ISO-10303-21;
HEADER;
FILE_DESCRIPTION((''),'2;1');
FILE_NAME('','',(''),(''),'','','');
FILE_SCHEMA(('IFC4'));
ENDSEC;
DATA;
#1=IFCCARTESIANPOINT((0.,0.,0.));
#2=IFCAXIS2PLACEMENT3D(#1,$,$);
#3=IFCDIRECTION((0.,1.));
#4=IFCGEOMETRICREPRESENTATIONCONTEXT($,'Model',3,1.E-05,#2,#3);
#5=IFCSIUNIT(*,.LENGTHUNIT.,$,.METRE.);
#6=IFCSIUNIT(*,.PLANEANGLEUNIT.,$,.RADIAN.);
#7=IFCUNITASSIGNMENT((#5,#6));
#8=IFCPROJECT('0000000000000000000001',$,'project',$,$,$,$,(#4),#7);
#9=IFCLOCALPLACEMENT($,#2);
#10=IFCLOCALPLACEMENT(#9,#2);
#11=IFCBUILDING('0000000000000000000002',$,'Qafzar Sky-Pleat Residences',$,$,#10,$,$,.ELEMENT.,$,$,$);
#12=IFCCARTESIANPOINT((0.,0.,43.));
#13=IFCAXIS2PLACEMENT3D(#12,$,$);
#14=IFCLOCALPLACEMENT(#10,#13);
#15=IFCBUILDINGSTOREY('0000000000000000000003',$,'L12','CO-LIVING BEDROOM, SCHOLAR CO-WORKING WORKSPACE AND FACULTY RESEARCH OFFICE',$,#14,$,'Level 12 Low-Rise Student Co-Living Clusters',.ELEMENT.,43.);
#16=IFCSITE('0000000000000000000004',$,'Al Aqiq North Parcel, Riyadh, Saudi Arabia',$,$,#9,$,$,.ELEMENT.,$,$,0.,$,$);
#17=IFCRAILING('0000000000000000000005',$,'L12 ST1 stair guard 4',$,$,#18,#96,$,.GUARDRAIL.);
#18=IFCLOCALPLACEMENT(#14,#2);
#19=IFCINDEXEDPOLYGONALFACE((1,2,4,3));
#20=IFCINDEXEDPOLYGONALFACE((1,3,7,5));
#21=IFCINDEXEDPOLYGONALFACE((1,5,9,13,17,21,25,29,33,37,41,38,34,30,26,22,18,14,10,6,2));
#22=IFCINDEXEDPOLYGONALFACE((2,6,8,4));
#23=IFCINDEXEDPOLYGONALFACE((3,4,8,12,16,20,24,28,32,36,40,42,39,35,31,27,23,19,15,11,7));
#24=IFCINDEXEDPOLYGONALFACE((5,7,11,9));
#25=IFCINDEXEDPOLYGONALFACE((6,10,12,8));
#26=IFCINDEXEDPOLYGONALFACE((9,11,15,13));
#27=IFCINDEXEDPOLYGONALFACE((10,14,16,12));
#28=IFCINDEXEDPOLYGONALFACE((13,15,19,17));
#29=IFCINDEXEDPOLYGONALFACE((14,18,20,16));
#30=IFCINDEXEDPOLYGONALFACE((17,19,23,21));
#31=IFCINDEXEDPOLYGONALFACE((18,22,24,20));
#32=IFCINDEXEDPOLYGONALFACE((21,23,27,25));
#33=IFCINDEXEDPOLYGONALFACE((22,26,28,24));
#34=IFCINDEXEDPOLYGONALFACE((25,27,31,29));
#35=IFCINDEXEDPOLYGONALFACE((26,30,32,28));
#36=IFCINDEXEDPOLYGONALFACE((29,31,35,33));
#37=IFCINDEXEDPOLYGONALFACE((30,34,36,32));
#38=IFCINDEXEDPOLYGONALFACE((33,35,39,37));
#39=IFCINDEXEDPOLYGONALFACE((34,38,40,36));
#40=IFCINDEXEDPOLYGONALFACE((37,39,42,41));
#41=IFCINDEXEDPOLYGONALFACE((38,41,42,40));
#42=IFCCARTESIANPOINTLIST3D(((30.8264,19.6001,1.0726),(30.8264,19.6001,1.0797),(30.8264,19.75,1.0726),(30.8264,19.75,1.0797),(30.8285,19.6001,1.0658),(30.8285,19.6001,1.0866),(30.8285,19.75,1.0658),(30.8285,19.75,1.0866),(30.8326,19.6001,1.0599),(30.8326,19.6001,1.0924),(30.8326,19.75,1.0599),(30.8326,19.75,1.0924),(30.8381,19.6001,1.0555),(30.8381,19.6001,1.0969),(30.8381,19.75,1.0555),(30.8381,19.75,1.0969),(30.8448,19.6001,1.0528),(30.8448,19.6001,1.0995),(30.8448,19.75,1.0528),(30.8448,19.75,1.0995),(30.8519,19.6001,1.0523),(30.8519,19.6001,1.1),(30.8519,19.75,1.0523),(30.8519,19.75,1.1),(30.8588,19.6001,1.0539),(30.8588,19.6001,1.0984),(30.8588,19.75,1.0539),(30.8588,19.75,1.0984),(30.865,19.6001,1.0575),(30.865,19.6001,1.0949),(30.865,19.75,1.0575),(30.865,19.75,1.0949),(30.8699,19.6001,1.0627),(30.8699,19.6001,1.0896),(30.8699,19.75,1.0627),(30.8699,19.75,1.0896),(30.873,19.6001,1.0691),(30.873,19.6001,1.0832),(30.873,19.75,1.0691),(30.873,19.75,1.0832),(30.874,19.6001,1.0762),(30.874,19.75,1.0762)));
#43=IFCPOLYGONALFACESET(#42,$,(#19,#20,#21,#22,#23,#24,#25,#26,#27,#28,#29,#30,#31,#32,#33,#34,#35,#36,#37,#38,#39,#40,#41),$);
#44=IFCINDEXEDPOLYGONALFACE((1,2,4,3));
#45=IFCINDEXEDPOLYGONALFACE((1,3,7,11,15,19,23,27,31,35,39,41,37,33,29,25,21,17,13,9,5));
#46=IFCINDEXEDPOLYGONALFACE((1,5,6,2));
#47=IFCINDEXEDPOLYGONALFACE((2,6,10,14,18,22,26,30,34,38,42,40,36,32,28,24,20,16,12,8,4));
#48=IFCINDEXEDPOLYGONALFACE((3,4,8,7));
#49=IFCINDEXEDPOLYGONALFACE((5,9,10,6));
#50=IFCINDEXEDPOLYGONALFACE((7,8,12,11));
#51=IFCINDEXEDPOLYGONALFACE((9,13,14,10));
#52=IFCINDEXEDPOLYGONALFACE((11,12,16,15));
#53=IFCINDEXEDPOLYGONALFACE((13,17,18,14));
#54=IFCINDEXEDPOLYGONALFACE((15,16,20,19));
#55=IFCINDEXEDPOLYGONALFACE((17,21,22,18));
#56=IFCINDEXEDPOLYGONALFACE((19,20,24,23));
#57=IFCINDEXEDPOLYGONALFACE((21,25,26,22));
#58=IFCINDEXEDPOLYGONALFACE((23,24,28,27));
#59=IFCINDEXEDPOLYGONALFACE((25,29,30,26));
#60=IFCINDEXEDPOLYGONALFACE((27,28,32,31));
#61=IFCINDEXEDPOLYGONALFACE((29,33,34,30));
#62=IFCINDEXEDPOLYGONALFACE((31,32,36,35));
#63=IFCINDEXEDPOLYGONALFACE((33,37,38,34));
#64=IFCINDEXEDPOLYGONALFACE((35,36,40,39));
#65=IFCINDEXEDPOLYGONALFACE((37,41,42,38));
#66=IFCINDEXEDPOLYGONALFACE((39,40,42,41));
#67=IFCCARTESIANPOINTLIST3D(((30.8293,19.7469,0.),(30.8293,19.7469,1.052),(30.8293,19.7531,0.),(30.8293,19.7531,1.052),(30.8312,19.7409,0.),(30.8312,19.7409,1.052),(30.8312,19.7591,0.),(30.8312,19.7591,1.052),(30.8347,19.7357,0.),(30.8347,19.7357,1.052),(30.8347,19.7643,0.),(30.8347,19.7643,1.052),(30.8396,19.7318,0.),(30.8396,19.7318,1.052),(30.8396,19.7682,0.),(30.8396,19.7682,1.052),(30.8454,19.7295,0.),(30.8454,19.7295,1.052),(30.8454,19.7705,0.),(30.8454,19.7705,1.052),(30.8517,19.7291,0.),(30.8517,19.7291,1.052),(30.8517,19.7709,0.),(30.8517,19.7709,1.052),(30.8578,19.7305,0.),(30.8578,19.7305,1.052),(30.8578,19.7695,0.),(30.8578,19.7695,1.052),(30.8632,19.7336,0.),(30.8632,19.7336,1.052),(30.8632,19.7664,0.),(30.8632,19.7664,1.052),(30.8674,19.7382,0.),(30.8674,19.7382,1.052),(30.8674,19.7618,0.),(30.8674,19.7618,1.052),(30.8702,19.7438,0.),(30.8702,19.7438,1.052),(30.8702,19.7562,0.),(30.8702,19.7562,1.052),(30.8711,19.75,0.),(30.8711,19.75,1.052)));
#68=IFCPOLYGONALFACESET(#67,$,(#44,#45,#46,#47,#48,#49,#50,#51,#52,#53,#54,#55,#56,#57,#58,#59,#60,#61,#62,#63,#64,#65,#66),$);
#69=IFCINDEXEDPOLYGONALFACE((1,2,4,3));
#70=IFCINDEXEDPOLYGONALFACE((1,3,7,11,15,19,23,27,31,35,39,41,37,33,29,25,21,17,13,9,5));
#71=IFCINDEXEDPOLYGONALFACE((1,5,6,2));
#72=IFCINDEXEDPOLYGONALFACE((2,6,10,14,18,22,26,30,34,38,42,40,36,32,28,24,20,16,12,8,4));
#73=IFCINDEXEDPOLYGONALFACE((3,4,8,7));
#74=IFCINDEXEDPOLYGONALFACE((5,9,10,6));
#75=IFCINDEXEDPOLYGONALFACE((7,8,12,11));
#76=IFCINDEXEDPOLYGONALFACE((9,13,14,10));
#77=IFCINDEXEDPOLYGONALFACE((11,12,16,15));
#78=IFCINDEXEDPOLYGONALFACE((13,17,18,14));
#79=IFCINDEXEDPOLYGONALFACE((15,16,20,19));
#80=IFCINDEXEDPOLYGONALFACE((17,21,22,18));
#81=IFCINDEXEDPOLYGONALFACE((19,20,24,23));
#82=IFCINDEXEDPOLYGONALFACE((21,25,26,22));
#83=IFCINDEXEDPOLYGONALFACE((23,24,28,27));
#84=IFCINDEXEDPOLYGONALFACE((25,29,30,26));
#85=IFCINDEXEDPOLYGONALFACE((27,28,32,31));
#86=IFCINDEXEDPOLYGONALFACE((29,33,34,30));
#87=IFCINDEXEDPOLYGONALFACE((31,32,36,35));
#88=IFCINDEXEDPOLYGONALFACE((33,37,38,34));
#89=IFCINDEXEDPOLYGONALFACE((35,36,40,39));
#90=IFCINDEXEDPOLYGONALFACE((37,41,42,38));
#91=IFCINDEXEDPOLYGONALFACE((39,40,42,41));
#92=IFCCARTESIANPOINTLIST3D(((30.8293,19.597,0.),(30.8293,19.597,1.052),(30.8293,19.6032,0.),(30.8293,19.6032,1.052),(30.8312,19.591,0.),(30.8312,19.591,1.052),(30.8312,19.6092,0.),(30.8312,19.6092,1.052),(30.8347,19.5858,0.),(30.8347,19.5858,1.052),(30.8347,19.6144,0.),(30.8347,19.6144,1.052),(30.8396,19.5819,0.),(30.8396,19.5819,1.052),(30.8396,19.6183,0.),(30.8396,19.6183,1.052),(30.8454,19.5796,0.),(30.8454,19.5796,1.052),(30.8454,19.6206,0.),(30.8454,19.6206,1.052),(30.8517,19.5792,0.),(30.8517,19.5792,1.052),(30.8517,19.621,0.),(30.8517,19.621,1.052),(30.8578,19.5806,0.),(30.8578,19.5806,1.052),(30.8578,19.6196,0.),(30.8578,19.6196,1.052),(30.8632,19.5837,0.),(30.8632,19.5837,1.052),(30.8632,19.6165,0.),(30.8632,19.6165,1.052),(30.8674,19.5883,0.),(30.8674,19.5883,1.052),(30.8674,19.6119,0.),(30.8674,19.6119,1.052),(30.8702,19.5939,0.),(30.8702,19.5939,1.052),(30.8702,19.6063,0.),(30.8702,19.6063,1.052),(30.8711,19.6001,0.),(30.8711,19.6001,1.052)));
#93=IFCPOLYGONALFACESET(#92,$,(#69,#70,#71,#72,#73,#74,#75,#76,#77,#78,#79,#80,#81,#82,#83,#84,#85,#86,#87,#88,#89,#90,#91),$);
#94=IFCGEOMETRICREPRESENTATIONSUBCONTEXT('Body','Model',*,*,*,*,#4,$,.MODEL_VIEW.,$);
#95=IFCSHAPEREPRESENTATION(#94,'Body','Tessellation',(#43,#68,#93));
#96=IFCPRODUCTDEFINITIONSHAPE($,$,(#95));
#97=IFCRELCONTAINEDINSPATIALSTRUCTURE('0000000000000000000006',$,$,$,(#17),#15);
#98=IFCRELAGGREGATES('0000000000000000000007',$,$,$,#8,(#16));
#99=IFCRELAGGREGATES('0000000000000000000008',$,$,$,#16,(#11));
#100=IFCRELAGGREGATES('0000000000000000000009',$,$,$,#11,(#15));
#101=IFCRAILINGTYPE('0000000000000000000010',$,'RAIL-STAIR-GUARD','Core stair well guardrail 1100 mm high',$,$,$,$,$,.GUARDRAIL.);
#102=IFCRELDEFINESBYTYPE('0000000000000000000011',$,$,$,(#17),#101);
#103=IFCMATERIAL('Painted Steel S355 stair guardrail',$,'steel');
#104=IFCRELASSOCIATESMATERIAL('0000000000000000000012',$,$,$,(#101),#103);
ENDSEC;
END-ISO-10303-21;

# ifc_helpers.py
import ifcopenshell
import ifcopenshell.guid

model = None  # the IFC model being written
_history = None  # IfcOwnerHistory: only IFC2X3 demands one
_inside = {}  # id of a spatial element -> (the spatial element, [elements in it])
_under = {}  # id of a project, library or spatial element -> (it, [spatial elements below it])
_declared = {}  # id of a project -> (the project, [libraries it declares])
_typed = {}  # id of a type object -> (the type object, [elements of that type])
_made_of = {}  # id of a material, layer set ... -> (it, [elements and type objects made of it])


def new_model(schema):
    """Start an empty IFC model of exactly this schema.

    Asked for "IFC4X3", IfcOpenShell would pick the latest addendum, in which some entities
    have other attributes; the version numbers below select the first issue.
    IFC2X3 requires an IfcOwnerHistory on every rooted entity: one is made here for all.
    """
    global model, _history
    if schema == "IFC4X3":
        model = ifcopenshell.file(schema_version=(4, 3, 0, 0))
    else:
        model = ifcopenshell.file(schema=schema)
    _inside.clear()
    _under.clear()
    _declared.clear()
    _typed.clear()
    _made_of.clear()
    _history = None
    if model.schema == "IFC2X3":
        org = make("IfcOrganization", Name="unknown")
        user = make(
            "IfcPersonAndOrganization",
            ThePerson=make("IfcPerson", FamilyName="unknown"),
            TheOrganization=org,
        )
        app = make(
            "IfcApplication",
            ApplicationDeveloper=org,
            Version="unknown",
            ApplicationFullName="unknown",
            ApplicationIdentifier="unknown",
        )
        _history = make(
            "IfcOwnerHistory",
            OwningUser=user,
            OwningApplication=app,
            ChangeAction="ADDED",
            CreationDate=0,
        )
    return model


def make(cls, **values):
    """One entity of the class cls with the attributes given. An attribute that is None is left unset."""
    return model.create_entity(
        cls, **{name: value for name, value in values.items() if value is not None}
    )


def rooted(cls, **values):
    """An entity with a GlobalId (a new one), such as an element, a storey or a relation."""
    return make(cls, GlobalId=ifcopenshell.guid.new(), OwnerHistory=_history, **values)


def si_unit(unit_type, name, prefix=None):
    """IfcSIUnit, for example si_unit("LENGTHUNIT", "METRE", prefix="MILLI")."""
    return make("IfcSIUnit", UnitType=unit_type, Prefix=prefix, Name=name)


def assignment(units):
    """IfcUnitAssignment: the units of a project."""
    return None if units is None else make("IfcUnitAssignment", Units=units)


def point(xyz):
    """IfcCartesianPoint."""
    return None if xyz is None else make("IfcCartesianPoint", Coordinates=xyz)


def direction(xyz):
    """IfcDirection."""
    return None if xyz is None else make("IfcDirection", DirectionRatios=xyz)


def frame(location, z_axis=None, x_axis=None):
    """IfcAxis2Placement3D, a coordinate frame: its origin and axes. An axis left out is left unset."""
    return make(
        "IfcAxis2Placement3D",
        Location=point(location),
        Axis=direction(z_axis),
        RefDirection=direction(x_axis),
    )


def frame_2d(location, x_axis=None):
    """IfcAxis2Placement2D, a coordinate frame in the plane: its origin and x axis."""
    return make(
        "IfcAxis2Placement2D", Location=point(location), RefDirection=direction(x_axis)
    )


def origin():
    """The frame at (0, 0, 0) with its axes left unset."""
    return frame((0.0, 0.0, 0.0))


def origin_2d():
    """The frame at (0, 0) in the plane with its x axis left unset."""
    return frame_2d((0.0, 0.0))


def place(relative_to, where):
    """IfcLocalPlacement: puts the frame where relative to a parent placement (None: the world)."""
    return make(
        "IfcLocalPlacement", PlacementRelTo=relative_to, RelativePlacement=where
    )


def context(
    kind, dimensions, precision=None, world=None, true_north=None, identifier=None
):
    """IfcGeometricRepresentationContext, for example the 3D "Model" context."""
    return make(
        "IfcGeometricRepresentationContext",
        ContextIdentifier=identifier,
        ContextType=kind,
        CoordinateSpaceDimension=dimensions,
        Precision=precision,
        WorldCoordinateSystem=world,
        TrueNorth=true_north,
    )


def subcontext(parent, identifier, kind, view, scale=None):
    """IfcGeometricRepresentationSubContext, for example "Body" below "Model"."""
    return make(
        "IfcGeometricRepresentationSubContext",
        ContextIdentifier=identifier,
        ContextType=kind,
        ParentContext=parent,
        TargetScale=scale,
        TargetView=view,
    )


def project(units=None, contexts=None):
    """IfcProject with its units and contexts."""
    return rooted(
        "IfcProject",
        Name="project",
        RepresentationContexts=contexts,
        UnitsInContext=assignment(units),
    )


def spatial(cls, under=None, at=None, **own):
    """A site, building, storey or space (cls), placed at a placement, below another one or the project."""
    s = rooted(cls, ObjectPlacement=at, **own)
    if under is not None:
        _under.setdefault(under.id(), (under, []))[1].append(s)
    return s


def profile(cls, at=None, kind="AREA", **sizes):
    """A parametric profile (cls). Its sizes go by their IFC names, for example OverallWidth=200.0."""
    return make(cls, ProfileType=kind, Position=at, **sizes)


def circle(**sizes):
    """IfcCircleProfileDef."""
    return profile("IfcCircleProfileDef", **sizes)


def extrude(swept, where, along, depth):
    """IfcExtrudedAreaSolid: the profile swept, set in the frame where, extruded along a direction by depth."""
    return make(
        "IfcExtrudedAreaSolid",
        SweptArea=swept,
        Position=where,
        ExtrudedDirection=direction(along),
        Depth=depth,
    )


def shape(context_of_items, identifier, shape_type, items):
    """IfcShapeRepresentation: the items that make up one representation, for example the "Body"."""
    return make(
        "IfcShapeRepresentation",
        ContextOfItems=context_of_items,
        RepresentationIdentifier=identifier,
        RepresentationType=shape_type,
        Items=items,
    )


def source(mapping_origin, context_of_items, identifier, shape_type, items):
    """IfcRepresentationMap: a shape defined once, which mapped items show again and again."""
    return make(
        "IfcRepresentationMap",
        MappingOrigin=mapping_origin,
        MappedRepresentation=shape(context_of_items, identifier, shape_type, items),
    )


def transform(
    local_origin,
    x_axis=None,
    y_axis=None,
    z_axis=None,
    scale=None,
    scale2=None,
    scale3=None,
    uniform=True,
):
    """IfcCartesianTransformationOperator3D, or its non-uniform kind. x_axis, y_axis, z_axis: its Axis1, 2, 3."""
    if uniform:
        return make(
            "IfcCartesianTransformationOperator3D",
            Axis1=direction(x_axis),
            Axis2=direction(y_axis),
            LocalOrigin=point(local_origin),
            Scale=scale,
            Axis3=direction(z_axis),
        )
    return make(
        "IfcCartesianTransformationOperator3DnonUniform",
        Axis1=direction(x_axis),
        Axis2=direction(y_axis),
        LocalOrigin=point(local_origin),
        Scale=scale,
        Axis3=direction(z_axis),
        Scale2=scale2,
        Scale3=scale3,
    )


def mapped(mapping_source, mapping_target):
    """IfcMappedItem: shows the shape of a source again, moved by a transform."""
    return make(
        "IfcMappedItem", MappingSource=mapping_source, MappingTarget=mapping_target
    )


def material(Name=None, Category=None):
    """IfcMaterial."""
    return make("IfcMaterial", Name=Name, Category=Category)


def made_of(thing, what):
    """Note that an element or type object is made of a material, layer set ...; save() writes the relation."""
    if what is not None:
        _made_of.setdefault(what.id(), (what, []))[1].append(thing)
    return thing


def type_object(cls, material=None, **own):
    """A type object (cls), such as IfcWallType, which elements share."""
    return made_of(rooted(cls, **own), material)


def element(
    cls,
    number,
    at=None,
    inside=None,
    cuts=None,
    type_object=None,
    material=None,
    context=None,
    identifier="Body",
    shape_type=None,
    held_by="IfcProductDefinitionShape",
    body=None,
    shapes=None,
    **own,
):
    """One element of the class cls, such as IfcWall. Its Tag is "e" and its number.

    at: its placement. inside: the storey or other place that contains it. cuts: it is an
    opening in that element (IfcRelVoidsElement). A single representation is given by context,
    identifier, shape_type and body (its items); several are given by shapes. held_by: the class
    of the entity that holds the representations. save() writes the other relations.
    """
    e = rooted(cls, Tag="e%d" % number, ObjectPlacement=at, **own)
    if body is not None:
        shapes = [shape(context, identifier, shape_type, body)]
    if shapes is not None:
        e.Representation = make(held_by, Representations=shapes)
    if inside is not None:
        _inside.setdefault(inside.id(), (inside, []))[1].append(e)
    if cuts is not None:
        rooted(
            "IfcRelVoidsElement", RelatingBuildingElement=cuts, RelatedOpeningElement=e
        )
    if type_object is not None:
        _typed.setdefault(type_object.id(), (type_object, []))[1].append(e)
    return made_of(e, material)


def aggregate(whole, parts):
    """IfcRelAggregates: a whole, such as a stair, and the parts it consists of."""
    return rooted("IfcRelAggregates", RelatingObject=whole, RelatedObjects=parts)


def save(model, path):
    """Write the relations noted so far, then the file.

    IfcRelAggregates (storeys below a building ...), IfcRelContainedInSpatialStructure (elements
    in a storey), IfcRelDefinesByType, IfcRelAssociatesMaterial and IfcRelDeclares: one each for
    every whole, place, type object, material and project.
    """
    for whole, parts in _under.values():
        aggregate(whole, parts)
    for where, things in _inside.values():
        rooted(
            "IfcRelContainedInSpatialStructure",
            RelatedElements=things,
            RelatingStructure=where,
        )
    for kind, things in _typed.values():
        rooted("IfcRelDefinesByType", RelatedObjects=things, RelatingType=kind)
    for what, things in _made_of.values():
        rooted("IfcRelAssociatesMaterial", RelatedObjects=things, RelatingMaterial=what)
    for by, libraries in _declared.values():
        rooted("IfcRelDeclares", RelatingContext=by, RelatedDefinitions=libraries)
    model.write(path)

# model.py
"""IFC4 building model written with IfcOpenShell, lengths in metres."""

from ifc_helpers import new_model, si_unit, direction, frame, origin, origin_2d, place, context, subcontext, project, spatial, circle, extrude, source, transform, mapped, material, type_object, element, save


model = new_model("IFC4")

# Units and contexts
model_context = context("Model", 3, precision=1e-05, world=origin(), true_north=direction((0.0, 1.0)))
body_context = subcontext(model_context, "Body", "Model", "MODEL_VIEW")
ifc_project = project(units=[si_unit("LENGTHUNIT", "METRE"), si_unit("PLANEANGLEUNIT", "RADIAN")], contexts=[model_context])

# Site, building, storey
site_placement = place(None, origin())
site = spatial("IfcSite", under=ifc_project, at=site_placement, Name="Al Aqiq North Parcel, Riyadh, Saudi Arabia", CompositionType="ELEMENT", RefElevation=0.0)
building_placement = place(site_placement, origin())
building = spatial("IfcBuilding", under=site, at=building_placement, Name="Qafzar Sky-Pleat Residences", CompositionType="ELEMENT")
storey_placement = place(building_placement, frame((0.0, 0.0, 43.0)))
storey = spatial("IfcBuildingStorey", under=building, at=storey_placement, Name="L12", Description="CO-LIVING BEDROOM, SCHOLAR CO-WORKING WORKSPACE AND FACULTY RESEARCH OFFICE", LongName="Level 12 Low-Rise Student Co-Living Clusters", CompositionType="ELEMENT", Elevation=43.0)

# Railing
ifc_material_1 = material(Name="Painted Steel S355 stair guardrail", Category="steel")
railing_type_1 = type_object("IfcRailingType", Name="RAIL-STAIR-GUARD", Description="Core stair well guardrail 1100 mm high", PredefinedType="GUARDRAIL", material=ifc_material_1)
shared_shape_1 = source(origin(), body_context, "Body", "SweptSolid", [
    extrude(circle(Radius=0.0239, at=origin_2d()), frame((0.0, 0.0, 1.0762), z_axis=(0.0, -1.0, 0.0), x_axis=(1.0, 0.0, 0.0)), (0.0, 0.0, 1.0), 0.1499),
    extrude(circle(Radius=0.021, at=origin_2d()), origin(), (0.0, 0.0, 1.0), 1.052),
    extrude(circle(Radius=0.021, at=origin_2d()), frame((0.0, -0.1499, 0.0)), (0.0, 0.0, 1.0), 1.052),
])
railing_1_placement = place(storey_placement, frame((30.8501, 19.75, 0.0)))
element("IfcRailing", 1, at=railing_1_placement, inside=storey, type_object=railing_type_1, Name="L12 ST1 stair guard 4", PredefinedType="GUARDRAIL", context=body_context, shape_type="MappedRepresentation", body=[
    mapped(shared_shape_1, transform((0.0, 0.0, 0.0), x_axis=(1.0, 0.0, 0.0), y_axis=(0.0, 1.0, 0.0), z_axis=(0.0, 0.0, 1.0), scale=1.0)),
])

save(model, "model.ifc")
